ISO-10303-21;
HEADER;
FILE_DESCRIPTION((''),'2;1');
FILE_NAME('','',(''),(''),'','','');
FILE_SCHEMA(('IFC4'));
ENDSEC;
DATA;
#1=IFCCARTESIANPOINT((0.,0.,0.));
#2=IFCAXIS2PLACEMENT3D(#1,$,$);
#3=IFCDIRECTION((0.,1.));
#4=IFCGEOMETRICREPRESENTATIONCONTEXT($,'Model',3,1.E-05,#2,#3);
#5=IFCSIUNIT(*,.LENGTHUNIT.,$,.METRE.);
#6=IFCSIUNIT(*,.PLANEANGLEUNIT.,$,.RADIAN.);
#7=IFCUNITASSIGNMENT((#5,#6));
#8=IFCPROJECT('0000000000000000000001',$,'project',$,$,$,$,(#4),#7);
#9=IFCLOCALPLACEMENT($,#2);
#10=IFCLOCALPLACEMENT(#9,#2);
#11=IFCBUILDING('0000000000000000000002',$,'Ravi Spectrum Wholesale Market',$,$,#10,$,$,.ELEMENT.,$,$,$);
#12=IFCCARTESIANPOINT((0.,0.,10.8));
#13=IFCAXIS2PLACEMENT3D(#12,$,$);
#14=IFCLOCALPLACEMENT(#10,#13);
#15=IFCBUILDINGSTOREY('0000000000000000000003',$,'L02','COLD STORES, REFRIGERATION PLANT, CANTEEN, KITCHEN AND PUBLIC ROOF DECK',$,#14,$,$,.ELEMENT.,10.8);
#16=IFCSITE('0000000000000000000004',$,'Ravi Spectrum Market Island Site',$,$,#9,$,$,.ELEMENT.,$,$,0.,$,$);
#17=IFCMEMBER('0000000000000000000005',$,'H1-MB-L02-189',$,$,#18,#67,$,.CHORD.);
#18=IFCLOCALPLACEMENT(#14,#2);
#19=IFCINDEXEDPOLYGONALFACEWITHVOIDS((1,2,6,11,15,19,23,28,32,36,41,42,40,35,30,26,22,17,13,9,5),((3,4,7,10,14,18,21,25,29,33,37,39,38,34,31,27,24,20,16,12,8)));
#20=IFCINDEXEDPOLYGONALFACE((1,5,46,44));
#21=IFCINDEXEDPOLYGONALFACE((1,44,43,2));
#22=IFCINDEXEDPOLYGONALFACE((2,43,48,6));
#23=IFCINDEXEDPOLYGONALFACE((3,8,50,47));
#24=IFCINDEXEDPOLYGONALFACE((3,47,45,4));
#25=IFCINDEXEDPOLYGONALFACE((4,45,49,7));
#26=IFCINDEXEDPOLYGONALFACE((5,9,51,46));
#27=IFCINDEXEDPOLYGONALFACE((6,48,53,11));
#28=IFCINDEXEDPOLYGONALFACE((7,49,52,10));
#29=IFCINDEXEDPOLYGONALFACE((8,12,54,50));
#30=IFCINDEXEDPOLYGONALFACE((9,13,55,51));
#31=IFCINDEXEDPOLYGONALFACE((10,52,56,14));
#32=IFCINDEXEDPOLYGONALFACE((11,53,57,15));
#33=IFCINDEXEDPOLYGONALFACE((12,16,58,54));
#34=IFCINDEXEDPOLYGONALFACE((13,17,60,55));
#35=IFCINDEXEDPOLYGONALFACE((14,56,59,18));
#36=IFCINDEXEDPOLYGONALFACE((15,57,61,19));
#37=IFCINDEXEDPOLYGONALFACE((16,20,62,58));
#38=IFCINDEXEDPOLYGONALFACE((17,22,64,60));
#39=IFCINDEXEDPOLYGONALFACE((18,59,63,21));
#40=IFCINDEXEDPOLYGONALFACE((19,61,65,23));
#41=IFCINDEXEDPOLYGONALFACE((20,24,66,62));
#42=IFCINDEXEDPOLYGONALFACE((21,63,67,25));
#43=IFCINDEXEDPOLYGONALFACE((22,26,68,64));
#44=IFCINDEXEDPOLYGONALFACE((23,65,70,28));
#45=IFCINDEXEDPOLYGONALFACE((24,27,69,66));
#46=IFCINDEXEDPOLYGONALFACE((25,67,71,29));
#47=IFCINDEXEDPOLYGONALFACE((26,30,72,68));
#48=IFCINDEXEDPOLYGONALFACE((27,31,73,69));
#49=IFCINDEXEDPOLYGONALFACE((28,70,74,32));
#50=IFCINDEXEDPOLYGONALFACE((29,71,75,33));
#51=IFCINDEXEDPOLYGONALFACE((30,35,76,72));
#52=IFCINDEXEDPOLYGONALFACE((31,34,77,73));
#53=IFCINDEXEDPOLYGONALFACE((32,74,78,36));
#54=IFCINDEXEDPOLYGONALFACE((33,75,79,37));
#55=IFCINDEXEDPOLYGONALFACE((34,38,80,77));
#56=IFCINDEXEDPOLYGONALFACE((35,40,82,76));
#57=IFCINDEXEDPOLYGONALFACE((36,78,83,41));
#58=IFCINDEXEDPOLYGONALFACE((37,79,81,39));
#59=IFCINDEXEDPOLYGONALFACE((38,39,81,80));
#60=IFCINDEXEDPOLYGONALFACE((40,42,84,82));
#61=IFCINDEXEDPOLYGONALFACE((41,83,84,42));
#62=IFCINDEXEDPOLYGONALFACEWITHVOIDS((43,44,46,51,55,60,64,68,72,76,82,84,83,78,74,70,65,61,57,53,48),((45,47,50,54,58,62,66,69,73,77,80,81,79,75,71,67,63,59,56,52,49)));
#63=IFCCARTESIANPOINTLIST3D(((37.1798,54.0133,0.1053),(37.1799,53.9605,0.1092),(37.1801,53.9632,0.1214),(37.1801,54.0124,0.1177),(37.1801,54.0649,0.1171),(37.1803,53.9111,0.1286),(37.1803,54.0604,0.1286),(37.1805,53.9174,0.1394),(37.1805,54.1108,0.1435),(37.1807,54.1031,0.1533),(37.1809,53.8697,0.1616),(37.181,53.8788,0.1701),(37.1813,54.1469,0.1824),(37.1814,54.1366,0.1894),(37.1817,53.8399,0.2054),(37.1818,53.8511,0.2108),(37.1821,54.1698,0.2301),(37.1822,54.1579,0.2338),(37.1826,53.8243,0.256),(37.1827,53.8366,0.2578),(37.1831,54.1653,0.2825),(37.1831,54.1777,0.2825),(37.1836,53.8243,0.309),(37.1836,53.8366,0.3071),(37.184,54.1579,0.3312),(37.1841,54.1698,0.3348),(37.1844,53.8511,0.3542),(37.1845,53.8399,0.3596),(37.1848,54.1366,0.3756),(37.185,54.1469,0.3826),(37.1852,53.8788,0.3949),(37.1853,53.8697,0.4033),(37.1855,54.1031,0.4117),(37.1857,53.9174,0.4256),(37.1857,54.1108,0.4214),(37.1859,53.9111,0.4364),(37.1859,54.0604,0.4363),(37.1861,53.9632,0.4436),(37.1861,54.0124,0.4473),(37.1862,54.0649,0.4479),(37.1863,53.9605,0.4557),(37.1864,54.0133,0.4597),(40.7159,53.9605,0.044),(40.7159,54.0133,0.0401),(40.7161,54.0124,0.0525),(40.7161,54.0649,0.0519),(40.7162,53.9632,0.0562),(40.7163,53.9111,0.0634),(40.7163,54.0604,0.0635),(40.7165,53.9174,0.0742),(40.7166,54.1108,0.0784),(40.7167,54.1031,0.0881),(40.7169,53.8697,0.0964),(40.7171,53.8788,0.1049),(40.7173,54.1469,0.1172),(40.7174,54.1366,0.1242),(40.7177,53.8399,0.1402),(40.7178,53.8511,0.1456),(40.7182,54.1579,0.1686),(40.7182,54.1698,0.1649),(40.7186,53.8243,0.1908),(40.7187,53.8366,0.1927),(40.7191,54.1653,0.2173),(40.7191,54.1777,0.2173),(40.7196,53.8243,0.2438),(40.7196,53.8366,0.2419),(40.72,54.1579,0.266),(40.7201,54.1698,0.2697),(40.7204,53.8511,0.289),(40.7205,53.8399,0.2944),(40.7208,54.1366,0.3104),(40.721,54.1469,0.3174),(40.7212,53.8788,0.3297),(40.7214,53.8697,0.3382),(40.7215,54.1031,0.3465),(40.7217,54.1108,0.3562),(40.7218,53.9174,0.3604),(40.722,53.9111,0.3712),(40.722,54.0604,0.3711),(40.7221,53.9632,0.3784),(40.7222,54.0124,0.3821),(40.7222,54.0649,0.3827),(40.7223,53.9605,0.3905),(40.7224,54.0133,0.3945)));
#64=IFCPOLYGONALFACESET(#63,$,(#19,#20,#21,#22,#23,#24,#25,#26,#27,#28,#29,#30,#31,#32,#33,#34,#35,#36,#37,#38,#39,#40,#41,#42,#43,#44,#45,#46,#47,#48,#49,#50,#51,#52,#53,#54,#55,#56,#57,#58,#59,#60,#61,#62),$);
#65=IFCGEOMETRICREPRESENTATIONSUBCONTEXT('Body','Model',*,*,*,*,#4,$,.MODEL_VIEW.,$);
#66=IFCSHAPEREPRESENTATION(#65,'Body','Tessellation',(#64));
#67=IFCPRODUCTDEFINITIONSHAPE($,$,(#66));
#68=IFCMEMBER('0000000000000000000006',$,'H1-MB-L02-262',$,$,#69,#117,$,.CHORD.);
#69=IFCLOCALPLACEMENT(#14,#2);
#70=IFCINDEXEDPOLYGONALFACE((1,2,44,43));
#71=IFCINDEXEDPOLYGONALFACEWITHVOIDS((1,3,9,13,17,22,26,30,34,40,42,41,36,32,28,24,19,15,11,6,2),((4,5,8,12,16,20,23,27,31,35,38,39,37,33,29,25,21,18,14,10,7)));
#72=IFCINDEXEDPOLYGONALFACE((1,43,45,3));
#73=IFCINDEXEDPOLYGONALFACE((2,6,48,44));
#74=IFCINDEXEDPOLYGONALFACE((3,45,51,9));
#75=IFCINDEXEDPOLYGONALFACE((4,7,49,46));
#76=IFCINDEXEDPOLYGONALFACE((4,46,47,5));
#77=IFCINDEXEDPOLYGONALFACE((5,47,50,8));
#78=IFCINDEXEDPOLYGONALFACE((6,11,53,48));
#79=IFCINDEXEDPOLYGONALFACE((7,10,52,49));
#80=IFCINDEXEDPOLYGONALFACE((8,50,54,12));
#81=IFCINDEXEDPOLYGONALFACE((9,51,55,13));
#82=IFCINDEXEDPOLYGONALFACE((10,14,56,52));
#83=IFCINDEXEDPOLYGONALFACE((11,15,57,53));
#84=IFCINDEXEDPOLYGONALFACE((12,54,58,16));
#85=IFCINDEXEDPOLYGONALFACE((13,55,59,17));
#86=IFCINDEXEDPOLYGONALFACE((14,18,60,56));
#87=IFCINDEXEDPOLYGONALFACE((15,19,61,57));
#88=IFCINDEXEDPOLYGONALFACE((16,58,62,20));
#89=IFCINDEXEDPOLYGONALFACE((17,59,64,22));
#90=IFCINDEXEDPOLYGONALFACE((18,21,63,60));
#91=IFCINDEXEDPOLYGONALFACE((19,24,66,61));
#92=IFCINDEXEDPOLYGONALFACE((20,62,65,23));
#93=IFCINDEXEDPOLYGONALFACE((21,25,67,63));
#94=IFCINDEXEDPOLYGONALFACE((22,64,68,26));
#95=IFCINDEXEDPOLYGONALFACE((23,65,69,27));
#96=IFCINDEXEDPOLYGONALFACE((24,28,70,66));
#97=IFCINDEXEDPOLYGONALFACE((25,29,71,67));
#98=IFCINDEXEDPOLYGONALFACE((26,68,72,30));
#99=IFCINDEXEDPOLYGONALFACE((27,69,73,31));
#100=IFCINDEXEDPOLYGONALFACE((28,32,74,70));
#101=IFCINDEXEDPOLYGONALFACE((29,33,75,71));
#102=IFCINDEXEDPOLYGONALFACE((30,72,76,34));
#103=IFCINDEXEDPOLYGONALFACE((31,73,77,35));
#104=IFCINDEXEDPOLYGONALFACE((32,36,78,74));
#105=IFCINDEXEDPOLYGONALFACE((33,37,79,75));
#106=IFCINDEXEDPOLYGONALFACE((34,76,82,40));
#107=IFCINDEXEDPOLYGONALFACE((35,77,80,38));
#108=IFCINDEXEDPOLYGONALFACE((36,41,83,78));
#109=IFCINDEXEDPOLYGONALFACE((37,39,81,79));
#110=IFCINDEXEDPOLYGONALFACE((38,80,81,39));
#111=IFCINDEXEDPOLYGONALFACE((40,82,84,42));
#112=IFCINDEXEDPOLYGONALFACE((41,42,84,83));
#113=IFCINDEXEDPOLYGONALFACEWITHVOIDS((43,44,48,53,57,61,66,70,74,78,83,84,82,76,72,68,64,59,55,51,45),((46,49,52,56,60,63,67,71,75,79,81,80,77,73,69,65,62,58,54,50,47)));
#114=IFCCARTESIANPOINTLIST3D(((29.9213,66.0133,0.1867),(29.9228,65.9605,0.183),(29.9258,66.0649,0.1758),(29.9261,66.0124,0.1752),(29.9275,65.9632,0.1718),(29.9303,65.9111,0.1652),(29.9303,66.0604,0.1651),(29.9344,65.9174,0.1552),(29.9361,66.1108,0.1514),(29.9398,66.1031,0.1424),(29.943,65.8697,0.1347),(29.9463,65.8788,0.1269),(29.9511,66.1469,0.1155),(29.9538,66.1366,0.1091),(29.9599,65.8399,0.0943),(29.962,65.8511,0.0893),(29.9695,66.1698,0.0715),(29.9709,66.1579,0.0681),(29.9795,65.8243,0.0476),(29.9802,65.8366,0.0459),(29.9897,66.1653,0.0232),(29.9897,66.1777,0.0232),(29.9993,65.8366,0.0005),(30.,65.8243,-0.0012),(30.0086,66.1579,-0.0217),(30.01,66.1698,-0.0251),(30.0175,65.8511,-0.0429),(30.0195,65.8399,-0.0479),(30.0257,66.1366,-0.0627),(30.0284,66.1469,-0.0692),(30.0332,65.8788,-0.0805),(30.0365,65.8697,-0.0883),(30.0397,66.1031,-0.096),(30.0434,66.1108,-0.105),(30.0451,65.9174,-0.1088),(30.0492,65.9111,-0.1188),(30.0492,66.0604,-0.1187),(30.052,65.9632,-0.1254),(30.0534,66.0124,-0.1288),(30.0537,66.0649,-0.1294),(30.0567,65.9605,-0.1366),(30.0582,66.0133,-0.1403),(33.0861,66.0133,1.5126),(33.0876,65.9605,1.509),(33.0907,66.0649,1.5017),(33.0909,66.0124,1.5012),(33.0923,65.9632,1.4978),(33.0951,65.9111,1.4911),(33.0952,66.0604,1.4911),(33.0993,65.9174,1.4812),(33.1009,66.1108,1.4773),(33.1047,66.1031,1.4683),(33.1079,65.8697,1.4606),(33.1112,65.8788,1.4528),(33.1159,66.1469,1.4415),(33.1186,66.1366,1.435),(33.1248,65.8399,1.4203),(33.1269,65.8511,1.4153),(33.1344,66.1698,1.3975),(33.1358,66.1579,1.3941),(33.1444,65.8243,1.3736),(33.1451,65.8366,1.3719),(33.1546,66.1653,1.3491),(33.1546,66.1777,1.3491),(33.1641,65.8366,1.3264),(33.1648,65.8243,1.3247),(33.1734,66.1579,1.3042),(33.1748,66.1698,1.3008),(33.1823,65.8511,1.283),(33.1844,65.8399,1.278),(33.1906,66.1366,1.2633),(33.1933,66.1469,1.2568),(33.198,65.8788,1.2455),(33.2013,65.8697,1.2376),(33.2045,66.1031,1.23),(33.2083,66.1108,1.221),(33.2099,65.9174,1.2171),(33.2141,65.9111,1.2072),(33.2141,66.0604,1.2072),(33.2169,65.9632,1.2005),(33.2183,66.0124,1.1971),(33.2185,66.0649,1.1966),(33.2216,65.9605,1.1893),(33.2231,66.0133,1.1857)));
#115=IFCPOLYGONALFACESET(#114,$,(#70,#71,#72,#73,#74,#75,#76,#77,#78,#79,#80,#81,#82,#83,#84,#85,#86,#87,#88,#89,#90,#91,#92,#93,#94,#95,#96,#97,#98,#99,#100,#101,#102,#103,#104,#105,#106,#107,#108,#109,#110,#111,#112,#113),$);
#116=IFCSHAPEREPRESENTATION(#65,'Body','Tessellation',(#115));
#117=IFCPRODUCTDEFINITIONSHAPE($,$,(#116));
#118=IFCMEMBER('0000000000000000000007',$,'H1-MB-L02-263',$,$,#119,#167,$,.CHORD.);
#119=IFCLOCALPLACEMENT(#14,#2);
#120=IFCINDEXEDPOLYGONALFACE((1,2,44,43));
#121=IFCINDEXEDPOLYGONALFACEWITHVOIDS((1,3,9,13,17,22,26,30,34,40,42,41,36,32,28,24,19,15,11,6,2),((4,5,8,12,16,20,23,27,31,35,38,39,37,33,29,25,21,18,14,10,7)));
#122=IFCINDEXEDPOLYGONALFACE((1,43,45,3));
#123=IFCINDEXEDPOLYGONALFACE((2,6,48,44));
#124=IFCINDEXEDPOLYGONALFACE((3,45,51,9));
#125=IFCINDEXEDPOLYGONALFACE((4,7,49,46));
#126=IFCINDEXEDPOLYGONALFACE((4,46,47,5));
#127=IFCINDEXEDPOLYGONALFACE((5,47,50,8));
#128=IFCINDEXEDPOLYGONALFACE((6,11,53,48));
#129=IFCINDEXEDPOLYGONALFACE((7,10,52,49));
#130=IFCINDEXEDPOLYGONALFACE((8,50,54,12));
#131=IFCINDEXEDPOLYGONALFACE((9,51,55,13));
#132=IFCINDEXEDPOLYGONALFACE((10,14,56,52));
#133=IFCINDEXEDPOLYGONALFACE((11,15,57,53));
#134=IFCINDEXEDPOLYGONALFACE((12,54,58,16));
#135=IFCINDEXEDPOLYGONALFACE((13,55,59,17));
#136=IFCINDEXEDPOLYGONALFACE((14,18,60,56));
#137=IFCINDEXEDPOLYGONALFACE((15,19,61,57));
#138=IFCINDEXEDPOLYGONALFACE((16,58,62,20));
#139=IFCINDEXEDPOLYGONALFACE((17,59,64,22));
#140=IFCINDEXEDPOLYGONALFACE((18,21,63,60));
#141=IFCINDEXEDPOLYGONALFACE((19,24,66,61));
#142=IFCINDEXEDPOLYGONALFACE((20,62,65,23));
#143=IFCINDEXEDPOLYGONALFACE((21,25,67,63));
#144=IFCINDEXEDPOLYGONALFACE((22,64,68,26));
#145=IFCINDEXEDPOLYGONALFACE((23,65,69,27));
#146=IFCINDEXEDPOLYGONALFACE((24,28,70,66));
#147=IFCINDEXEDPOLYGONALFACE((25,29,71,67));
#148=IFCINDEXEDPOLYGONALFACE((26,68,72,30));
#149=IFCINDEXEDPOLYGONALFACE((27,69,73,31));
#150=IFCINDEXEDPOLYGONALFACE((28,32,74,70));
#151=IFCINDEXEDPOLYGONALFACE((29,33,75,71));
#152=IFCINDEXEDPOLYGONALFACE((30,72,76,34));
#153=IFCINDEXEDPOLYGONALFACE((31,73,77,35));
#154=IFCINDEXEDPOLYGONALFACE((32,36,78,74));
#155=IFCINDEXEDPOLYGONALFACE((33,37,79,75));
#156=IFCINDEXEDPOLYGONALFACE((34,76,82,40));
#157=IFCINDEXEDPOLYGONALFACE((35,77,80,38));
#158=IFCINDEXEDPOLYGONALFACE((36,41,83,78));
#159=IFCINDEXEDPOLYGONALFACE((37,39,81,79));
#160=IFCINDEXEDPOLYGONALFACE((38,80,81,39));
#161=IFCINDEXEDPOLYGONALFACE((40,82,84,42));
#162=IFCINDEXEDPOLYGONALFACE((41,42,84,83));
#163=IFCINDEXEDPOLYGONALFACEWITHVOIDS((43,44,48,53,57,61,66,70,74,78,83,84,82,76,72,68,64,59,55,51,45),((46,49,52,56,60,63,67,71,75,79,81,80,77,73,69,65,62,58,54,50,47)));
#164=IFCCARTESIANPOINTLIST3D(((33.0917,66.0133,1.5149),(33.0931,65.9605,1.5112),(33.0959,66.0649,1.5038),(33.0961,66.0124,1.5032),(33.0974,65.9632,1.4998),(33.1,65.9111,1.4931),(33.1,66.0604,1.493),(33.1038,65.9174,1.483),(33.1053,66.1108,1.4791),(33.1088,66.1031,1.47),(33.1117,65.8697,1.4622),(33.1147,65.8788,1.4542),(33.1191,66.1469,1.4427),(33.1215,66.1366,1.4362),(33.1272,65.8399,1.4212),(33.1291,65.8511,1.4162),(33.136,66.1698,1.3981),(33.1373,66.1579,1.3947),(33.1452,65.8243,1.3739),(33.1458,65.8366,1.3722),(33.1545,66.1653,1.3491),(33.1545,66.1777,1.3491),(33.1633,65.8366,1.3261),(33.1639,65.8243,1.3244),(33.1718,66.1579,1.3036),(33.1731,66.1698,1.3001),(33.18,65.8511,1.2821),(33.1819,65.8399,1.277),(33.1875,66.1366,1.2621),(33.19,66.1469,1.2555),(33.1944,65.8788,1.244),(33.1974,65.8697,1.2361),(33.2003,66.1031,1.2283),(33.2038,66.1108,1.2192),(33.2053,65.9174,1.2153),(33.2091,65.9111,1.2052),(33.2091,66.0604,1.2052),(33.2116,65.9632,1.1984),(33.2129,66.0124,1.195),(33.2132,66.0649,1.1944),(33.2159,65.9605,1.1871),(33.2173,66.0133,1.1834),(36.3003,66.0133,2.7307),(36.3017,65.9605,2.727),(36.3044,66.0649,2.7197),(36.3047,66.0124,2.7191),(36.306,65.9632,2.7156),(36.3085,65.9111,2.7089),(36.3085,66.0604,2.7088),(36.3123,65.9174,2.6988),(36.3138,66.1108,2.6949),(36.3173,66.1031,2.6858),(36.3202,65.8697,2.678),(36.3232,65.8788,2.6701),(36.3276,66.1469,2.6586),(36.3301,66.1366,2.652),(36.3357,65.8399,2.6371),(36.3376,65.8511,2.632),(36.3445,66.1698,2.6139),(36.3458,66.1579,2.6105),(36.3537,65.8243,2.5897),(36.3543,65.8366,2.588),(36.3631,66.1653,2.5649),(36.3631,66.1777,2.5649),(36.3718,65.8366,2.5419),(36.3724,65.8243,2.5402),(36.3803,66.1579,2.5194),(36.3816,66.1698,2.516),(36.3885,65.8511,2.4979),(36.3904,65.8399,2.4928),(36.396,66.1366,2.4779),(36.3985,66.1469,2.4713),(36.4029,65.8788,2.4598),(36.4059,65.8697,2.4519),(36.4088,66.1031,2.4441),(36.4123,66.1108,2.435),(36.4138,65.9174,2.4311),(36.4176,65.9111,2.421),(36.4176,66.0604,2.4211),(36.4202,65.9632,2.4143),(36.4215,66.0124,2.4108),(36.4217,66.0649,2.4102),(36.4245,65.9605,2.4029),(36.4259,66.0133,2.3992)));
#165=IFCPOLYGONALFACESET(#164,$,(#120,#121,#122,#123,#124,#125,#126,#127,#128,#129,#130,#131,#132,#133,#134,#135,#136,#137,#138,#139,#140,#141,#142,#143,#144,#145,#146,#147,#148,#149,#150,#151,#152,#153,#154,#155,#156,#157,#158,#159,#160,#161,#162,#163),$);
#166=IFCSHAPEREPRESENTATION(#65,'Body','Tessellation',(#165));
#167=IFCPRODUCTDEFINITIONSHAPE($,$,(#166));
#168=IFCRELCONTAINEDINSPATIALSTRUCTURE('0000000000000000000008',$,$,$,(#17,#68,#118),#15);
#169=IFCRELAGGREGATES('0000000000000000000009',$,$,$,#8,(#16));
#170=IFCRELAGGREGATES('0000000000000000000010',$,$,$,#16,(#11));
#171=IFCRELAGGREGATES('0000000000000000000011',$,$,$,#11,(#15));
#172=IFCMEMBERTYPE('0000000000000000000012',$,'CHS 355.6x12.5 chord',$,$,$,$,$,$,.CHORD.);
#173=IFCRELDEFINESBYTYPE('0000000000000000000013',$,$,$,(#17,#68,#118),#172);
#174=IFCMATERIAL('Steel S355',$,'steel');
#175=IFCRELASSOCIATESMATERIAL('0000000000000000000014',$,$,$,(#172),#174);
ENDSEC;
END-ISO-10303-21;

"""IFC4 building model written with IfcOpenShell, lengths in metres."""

from ifc_helpers import new_model, si_unit, direction, frame, origin, origin_2d, place, context, subcontext, project, spatial, hollow_circle, extrude, material, material_profile, profile_set, type_object, element, save


model = new_model("IFC4")

# Units and contexts
model_context = context("Model", 3, precision=1e-05, world=origin(), true_north=direction((0.0, 1.0)))
body_context = subcontext(model_context, "Body", "Model", "MODEL_VIEW")
ifc_project = project(units=[si_unit("LENGTHUNIT", "METRE"), si_unit("PLANEANGLEUNIT", "RADIAN")], contexts=[model_context])

# Site, building, storey
site_placement = place(None, origin())
site = spatial("IfcSite", under=ifc_project, at=site_placement, Name="Ravi Spectrum Market Island Site", CompositionType="ELEMENT", RefElevation=0.0)
building_placement = place(site_placement, origin())
building = spatial("IfcBuilding", under=site, at=building_placement, Name="Ravi Spectrum Wholesale Market", CompositionType="ELEMENT")
storey_placement = place(building_placement, frame((0.0, 0.0, 10.8)))
storey = spatial("IfcBuildingStorey", under=building, at=storey_placement, Name="L02", Description="COLD STORES, REFRIGERATION PLANT, CANTEEN, KITCHEN AND PUBLIC ROOF DECK", CompositionType="ELEMENT", Elevation=10.8)

# Members
ifc_material_1 = material(Name="Steel S355", Category="steel")
ifc_material_profile_1 = material_profile(ifc_material_1, hollow_circle(Radius=0.1777, WallThickness=0.0125, at=origin_2d()))
ifc_profile_set_1 = profile_set([ifc_material_profile_1], Name="Steel S355")
member_type_1 = type_object("IfcMemberType", Name="CHS 355.6x12.5 chord", PredefinedType="CHORD", material=ifc_profile_set_1)
member_1_placement = place(storey_placement, frame((37.1831, 54.0, 0.2825), z_axis=(0.99983, 0.0, -0.018431), x_axis=(0.0, 1.0, 0.0)))
element("IfcMember", 1, at=member_1_placement, inside=storey, type_object=member_type_1, Name="H1-MB-L02-189", PredefinedType="CHORD", context=body_context, shape_type="SweptSolid", body=[
    extrude(hollow_circle(Radius=0.1777, WallThickness=0.0125, at=origin_2d()), origin(), (0.0, 0.0, 1.0), 3.5366),
])
member_2_placement = place(storey_placement, frame((29.9897, 66.0, 0.0232), z_axis=(0.922324, 0.0, 0.386418), x_axis=(0.0, 1.0, 0.0)))
element("IfcMember", 2, at=member_2_placement, inside=storey, type_object=member_type_1, Name="H1-MB-L02-262", PredefinedType="CHORD", context=body_context, shape_type="SweptSolid", body=[
    extrude(hollow_circle(Radius=0.1777, WallThickness=0.0125, at=origin_2d()), origin(), (0.0, 0.0, 1.0), 3.4314),
])
for number, where, z_axis, x_axis, name in (
    (3, (33.1545, 66.0, 1.3491), (0.935113, 0.0, 0.35435), (0.0, 1.0, 0.0), "H1-MB-L02-263"),
):
    element("IfcMember", number, at=place(storey_placement, frame(where, z_axis=z_axis, x_axis=x_axis)), inside=storey, type_object=member_type_1, Name=name, PredefinedType="CHORD", context=body_context, shape_type="SweptSolid", body=[
        extrude(hollow_circle(Radius=0.1777, WallThickness=0.0125, at=origin_2d()), origin(), (0.0, 0.0, 1.0), 3.4312),
    ])

save(model, "model.ifc")
